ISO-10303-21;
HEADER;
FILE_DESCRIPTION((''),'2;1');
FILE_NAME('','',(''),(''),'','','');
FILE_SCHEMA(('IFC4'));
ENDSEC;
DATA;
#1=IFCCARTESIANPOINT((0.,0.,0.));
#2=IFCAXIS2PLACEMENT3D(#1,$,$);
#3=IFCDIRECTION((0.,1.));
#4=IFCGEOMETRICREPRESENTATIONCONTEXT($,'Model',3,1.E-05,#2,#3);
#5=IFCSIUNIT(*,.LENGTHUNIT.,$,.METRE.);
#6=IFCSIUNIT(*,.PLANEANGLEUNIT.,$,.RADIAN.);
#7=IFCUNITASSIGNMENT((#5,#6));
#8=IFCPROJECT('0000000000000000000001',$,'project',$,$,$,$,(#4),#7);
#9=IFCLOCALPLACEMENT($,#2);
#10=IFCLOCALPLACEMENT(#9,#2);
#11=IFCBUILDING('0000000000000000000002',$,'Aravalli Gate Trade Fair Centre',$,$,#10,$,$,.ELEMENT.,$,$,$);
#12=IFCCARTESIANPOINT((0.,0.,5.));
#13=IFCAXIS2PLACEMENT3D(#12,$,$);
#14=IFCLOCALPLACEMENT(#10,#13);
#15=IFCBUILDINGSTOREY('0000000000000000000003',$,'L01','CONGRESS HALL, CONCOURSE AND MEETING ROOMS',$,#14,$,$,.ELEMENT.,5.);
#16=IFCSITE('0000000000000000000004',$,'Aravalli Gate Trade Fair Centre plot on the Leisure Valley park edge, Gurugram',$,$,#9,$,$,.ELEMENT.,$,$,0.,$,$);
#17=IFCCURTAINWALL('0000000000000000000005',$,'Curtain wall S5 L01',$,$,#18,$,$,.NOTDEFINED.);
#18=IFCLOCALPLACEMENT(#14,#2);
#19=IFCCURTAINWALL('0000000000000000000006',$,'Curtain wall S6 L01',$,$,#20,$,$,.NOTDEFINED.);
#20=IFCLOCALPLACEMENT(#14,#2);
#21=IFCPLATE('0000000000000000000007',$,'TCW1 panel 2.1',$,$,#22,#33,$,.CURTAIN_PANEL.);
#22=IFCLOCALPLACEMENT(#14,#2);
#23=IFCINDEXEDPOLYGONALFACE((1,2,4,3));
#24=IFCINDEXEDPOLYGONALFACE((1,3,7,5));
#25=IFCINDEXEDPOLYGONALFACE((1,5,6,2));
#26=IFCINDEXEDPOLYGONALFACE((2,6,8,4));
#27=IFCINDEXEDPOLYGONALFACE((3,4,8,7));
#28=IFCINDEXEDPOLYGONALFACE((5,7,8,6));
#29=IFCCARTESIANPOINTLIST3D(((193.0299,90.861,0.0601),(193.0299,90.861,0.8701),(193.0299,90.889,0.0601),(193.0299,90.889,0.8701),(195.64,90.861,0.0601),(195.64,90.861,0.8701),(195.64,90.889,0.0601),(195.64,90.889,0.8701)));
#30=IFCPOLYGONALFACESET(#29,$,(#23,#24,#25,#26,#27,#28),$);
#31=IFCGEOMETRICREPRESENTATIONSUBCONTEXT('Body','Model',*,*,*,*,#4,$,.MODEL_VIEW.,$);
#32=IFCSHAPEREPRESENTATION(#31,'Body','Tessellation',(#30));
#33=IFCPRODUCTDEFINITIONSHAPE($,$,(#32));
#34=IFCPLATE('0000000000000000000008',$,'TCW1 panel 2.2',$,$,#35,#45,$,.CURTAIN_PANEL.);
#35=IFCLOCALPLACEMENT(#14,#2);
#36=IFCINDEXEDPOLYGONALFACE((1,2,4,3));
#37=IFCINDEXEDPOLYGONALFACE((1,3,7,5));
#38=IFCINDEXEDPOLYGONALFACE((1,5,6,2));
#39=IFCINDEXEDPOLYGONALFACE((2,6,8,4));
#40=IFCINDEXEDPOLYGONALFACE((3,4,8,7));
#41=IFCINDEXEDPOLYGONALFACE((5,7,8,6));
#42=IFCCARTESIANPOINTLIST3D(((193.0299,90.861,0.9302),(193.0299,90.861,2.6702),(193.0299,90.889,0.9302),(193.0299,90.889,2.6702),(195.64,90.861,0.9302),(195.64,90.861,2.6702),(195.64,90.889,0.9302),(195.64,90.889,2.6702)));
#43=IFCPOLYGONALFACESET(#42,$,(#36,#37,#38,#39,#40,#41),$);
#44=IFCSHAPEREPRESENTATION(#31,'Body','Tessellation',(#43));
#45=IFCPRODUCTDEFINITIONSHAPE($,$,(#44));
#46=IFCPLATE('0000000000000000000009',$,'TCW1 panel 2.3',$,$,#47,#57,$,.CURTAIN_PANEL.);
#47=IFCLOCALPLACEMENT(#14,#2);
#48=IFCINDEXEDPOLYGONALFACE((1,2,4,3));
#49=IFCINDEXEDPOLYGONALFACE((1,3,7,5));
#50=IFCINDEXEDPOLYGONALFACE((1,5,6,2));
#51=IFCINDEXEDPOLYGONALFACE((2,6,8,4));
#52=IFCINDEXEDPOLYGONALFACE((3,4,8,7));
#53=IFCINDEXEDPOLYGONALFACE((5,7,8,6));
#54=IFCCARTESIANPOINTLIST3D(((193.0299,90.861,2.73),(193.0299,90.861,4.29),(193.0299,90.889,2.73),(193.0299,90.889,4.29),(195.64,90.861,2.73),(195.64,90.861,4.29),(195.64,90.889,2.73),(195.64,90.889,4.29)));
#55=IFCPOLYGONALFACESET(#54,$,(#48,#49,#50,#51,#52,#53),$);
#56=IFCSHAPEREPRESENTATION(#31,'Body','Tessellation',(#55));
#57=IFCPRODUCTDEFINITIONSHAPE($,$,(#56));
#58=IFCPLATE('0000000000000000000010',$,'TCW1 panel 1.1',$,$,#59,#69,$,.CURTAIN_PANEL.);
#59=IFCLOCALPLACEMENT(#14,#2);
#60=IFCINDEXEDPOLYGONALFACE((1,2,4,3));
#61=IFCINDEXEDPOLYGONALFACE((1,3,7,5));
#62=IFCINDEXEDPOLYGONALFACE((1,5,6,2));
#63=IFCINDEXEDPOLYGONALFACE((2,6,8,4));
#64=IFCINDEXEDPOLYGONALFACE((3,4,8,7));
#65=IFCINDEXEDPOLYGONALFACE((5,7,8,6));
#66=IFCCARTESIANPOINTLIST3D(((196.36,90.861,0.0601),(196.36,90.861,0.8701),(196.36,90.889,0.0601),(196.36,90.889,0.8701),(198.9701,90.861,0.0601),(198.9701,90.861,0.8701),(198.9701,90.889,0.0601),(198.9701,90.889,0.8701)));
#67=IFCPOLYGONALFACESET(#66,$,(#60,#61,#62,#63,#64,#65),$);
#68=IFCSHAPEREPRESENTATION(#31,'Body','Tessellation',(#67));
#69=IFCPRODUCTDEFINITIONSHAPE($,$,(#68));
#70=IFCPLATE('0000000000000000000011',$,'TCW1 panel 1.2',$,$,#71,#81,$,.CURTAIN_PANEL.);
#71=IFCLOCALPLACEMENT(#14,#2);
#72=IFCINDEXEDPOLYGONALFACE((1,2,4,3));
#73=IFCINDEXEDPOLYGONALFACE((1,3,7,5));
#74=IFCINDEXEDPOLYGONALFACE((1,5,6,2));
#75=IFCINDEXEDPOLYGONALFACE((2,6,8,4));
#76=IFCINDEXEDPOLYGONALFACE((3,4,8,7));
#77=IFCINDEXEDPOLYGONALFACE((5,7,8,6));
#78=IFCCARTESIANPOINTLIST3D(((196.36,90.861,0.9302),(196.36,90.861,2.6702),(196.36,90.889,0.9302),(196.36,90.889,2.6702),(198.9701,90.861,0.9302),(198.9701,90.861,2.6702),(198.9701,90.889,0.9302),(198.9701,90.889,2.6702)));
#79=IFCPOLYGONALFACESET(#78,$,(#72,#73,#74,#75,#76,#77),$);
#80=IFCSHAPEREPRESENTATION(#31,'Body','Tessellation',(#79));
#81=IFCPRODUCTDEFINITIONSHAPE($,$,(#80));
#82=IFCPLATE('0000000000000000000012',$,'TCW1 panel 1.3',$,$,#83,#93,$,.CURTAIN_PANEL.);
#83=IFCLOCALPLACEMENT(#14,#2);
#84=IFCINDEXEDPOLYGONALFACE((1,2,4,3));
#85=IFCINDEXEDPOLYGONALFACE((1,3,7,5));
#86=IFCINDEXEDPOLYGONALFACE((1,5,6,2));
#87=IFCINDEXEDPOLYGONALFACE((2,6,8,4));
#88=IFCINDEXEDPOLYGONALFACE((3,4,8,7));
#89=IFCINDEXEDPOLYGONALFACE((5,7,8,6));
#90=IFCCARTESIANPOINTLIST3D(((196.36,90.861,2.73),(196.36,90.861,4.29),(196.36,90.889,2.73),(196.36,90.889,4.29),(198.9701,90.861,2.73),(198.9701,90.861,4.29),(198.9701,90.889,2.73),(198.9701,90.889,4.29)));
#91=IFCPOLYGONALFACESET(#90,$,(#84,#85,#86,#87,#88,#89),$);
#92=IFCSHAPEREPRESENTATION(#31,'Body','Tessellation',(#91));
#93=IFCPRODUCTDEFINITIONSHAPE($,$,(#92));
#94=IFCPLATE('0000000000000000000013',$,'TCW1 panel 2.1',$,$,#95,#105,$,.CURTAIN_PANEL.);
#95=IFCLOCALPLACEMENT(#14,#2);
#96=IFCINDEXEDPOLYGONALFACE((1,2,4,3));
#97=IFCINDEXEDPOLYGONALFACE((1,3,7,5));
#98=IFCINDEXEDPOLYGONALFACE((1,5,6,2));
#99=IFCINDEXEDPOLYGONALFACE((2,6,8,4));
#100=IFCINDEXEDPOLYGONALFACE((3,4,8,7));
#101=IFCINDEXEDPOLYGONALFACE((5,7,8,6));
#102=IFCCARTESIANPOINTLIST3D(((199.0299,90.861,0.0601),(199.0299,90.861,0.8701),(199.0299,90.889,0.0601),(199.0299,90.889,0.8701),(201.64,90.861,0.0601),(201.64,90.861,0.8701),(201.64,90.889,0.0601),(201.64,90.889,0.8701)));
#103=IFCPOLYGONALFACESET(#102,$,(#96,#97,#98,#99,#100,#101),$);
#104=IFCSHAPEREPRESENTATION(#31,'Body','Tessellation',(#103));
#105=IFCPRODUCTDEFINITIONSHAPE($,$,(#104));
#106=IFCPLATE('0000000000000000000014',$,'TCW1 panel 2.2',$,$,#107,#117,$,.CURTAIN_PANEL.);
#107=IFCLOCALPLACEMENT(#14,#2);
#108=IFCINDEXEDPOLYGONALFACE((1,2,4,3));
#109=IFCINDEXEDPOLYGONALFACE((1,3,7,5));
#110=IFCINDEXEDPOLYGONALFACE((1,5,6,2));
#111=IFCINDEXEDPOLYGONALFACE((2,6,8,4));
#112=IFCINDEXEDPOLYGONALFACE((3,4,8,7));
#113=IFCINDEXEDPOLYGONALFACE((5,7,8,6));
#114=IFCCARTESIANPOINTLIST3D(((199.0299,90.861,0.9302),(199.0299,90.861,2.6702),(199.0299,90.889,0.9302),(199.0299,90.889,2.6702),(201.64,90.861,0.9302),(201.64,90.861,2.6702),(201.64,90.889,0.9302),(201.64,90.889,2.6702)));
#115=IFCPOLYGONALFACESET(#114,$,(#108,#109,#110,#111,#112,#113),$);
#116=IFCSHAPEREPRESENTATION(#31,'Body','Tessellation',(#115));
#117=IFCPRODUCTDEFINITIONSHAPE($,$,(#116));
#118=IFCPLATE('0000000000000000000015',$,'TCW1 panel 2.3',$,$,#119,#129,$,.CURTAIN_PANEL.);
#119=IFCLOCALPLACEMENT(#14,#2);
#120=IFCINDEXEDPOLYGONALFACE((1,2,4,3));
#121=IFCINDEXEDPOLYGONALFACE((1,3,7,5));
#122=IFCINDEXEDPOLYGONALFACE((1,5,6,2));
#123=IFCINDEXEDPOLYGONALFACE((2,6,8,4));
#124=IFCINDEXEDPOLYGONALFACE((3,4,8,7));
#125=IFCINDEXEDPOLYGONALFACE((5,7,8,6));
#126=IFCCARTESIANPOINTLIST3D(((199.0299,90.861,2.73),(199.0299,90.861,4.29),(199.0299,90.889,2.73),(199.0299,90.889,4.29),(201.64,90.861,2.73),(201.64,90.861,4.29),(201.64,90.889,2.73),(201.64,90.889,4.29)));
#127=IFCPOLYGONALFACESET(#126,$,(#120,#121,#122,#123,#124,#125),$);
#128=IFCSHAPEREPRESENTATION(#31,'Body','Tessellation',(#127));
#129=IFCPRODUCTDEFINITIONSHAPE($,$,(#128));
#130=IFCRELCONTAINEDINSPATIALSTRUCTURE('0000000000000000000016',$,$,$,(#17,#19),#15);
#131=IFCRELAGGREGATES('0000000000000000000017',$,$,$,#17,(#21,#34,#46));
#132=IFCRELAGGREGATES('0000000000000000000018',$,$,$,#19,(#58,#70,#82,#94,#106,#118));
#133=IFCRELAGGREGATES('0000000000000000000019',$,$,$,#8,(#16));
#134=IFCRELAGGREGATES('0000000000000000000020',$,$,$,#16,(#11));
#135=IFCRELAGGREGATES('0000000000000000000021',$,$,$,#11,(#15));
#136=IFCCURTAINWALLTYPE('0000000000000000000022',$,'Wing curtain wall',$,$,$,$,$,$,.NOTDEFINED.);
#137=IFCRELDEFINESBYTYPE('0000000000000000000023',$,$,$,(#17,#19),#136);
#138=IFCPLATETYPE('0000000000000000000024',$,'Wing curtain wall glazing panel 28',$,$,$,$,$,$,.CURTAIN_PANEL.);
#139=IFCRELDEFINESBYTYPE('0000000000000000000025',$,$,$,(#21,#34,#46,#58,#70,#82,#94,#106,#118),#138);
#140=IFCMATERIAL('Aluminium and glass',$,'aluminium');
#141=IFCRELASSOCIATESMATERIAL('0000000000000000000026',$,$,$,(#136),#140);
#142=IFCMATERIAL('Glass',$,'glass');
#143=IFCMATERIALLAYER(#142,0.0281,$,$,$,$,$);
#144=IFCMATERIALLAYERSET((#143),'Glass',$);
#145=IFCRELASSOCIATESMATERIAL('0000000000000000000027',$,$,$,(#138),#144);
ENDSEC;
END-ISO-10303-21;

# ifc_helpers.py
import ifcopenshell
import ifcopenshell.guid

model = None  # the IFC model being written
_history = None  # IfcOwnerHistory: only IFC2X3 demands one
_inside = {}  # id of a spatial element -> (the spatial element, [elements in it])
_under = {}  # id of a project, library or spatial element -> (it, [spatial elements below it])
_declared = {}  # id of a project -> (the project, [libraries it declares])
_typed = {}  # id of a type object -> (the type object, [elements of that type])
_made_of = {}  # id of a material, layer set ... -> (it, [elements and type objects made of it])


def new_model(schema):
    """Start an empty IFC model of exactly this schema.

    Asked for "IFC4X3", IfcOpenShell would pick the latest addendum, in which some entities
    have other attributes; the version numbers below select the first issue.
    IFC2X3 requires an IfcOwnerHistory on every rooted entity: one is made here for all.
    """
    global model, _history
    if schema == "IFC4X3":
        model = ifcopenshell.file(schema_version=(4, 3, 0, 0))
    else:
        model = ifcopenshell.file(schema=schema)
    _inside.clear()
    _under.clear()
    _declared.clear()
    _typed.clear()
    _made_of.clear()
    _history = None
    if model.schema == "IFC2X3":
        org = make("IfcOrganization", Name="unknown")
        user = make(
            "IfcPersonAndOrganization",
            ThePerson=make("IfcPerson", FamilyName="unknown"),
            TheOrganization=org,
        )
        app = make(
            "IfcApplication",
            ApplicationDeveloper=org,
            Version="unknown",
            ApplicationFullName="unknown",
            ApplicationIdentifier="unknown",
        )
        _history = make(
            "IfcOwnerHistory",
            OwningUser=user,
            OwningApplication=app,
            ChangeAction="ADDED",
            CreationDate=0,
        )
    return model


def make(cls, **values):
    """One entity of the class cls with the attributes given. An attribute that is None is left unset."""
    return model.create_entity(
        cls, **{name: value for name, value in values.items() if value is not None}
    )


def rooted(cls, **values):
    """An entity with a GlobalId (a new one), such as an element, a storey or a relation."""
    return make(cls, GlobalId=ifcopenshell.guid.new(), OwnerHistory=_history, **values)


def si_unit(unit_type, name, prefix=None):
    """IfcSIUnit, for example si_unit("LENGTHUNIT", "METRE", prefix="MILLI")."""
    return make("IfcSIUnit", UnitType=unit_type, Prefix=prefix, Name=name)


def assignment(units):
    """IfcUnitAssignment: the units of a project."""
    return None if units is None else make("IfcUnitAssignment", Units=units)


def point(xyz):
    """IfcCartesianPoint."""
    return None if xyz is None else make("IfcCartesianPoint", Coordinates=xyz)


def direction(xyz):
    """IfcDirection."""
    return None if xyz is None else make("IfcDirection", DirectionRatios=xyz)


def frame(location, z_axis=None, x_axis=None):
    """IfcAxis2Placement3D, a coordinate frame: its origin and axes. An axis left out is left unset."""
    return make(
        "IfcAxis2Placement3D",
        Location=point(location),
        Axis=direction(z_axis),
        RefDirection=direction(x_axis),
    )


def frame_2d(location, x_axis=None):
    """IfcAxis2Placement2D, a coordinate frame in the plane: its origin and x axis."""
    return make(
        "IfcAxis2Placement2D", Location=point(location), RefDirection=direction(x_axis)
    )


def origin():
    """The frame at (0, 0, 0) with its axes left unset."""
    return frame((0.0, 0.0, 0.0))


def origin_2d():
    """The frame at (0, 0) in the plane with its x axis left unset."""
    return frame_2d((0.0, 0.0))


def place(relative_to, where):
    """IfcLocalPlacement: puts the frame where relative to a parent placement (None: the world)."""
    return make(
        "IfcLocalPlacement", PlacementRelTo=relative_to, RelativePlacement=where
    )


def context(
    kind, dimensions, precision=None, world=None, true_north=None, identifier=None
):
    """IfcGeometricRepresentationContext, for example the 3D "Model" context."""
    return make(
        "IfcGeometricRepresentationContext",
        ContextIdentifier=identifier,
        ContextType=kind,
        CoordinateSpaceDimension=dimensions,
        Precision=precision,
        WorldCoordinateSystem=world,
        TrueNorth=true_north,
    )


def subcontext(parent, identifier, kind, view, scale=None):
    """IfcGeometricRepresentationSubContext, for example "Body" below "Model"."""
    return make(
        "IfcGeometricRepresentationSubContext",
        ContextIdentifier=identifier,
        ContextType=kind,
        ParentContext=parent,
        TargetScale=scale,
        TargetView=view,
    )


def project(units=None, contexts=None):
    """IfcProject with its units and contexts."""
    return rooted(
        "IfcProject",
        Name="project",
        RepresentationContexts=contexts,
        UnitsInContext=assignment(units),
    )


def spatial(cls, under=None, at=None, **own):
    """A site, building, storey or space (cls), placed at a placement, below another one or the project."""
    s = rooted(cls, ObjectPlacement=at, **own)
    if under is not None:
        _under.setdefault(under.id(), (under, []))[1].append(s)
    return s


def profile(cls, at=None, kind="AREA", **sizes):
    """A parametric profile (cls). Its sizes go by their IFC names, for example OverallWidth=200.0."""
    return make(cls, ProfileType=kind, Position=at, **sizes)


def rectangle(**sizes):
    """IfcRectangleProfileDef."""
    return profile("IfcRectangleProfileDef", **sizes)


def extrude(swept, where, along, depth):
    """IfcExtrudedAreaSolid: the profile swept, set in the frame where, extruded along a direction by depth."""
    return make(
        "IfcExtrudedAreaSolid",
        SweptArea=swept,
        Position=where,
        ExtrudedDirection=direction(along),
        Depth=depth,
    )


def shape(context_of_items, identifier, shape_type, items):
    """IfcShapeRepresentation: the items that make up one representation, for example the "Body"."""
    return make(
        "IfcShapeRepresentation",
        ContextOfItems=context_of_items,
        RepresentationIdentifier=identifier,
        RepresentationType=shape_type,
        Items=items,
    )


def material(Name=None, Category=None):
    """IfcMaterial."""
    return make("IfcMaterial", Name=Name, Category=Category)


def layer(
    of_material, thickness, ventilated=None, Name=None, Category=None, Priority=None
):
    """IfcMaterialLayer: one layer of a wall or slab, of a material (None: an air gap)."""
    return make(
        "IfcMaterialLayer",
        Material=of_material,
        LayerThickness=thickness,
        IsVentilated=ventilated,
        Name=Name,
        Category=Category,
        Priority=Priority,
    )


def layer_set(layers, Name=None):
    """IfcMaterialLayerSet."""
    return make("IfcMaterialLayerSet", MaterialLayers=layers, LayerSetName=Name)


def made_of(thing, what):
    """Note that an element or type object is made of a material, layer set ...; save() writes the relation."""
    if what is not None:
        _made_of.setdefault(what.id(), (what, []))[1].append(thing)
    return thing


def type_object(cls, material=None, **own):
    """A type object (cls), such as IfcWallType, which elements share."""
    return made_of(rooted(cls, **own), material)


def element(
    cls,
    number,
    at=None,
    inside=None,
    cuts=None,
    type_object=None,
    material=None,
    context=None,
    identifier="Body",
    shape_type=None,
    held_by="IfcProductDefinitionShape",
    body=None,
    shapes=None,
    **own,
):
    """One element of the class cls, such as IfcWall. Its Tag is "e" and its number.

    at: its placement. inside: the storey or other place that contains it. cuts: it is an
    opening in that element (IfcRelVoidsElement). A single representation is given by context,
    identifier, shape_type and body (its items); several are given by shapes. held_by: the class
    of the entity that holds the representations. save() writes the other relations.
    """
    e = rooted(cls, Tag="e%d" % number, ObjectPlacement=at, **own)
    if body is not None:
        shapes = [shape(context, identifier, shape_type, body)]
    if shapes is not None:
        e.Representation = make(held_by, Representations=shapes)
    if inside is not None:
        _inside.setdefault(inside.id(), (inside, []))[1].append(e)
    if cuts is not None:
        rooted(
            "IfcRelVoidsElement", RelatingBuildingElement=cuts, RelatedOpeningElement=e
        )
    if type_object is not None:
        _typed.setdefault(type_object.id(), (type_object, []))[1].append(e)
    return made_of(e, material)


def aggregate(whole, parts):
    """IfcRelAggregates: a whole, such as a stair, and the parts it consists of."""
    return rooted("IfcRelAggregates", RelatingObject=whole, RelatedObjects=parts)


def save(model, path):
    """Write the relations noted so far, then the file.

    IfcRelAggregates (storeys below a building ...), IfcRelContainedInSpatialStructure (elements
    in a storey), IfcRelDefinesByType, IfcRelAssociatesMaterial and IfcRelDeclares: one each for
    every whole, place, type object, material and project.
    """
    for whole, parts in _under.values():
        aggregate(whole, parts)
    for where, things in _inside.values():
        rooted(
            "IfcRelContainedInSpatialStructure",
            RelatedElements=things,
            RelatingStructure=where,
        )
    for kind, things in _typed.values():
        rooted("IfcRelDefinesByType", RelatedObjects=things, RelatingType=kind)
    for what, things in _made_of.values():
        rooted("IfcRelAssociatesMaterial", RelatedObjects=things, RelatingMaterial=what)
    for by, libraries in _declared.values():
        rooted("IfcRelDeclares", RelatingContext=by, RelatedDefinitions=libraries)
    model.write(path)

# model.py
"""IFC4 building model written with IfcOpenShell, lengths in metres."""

from ifc_helpers import new_model, si_unit, direction, frame, origin, origin_2d, place, context, subcontext, project, spatial, rectangle, extrude, material, layer, layer_set, type_object, element, aggregate, save


model = new_model("IFC4")

# Units and contexts
model_context = context("Model", 3, precision=1e-05, world=origin(), true_north=direction((0.0, 1.0)))
body_context = subcontext(model_context, "Body", "Model", "MODEL_VIEW")
ifc_project = project(units=[si_unit("LENGTHUNIT", "METRE"), si_unit("PLANEANGLEUNIT", "RADIAN")], contexts=[model_context])

# Site, building, storey
site_placement = place(None, origin())
site = spatial("IfcSite", under=ifc_project, at=site_placement, Name="Aravalli Gate Trade Fair Centre plot on the Leisure Valley park edge, Gurugram", CompositionType="ELEMENT", RefElevation=0.0)
building_placement = place(site_placement, origin())
building = spatial("IfcBuilding", under=site, at=building_placement, Name="Aravalli Gate Trade Fair Centre", CompositionType="ELEMENT")
storey_placement = place(building_placement, frame((0.0, 0.0, 5.0)))
storey = spatial("IfcBuildingStorey", under=building, at=storey_placement, Name="L01", Description="CONGRESS HALL, CONCOURSE AND MEETING ROOMS", CompositionType="ELEMENT", Elevation=5.0)

# Curtain walls
ifc_material_1 = material(Name="Aluminium and glass", Category="aluminium")
curtain_wall_type = type_object("IfcCurtainWallType", Name="Wing curtain wall", PredefinedType="NOTDEFINED", material=ifc_material_1)
curtain_wall_1_placement = place(storey_placement, origin())
curtain_wall_1 = element("IfcCurtainWall", 1, at=curtain_wall_1_placement, inside=storey, type_object=curtain_wall_type, Name="Curtain wall S5 L01", PredefinedType="NOTDEFINED")
curtain_wall_2_placement = place(storey_placement, origin())
curtain_wall_2 = element("IfcCurtainWall", 2, at=curtain_wall_2_placement, inside=storey, type_object=curtain_wall_type, Name="Curtain wall S6 L01", PredefinedType="NOTDEFINED")

# Plates
ifc_material_2 = material(Name="Glass", Category="glass")
ifc_layer = layer(ifc_material_2, 0.0281)
ifc_layer_set = layer_set([ifc_layer], Name="Glass")
plate_type = type_object("IfcPlateType", Name="Wing curtain wall glazing panel 28", PredefinedType="CURTAIN_PANEL", material=ifc_layer_set)
plate_1_placement = place(storey_placement, frame((194.335, 90.875, 0.0601), z_axis=(0.0, 0.0, 1.0), x_axis=(1.0, 0.0, 0.0)))
plate_1 = element("IfcPlate", 3, at=plate_1_placement, type_object=plate_type, Name="TCW1 panel 2.1", PredefinedType="CURTAIN_PANEL", context=body_context, shape_type="SweptSolid", body=[
    extrude(rectangle(XDim=2.6101, YDim=0.0281, at=origin_2d()), origin(), (0.0, 0.0, 1.0), 0.8101),
])
plate_2_placement = place(storey_placement, frame((194.335, 90.875, 0.9302), z_axis=(0.0, 0.0, 1.0), x_axis=(1.0, 0.0, 0.0)))
plate_2 = element("IfcPlate", 4, at=plate_2_placement, type_object=plate_type, Name="TCW1 panel 2.2", PredefinedType="CURTAIN_PANEL", context=body_context, shape_type="SweptSolid", body=[
    extrude(rectangle(XDim=2.6101, YDim=0.0281, at=origin_2d()), origin(), (0.0, 0.0, 1.0), 1.74),
])
plate_3_placement = place(storey_placement, frame((194.335, 90.875, 2.73), z_axis=(0.0, 0.0, 1.0), x_axis=(1.0, 0.0, 0.0)))
plate_3 = element("IfcPlate", 5, at=plate_3_placement, type_object=plate_type, Name="TCW1 panel 2.3", PredefinedType="CURTAIN_PANEL", context=body_context, shape_type="SweptSolid", body=[
    extrude(rectangle(XDim=2.6101, YDim=0.0281, at=origin_2d()), origin(), (0.0, 0.0, 1.0), 1.5601),
])
aggregate(curtain_wall_1, [plate_1, plate_2, plate_3])
plate_4_placement = place(storey_placement, frame((197.665, 90.875, 0.0601), z_axis=(0.0, 0.0, 1.0), x_axis=(1.0, 0.0, 0.0)))
plate_4 = element("IfcPlate", 6, at=plate_4_placement, type_object=plate_type, Name="TCW1 panel 1.1", PredefinedType="CURTAIN_PANEL", context=body_context, shape_type="SweptSolid", body=[
    extrude(rectangle(XDim=2.6101, YDim=0.0281, at=origin_2d()), origin(), (0.0, 0.0, 1.0), 0.8101),
])
plate_5_placement = place(storey_placement, frame((197.665, 90.875, 0.9302), z_axis=(0.0, 0.0, 1.0), x_axis=(1.0, 0.0, 0.0)))
plate_5 = element("IfcPlate", 7, at=plate_5_placement, type_object=plate_type, Name="TCW1 panel 1.2", PredefinedType="CURTAIN_PANEL", context=body_context, shape_type="SweptSolid", body=[
    extrude(rectangle(XDim=2.6101, YDim=0.0281, at=origin_2d()), origin(), (0.0, 0.0, 1.0), 1.74),
])
plate_6_placement = place(storey_placement, frame((197.665, 90.875, 2.73), z_axis=(0.0, 0.0, 1.0), x_axis=(1.0, 0.0, 0.0)))
plate_6 = element("IfcPlate", 8, at=plate_6_placement, type_object=plate_type, Name="TCW1 panel 1.3", PredefinedType="CURTAIN_PANEL", context=body_context, shape_type="SweptSolid", body=[
    extrude(rectangle(XDim=2.6101, YDim=0.0281, at=origin_2d()), origin(), (0.0, 0.0, 1.0), 1.5601),
])
plate_7_placement = place(storey_placement, frame((200.335, 90.875, 0.0601), z_axis=(0.0, 0.0, 1.0), x_axis=(1.0, 0.0, 0.0)))
plate_7 = element("IfcPlate", 9, at=plate_7_placement, type_object=plate_type, Name="TCW1 panel 2.1", PredefinedType="CURTAIN_PANEL", context=body_context, shape_type="SweptSolid", body=[
    extrude(rectangle(XDim=2.6101, YDim=0.0281, at=origin_2d()), origin(), (0.0, 0.0, 1.0), 0.8101),
])
plate_8_placement = place(storey_placement, frame((200.335, 90.875, 0.9302), z_axis=(0.0, 0.0, 1.0), x_axis=(1.0, 0.0, 0.0)))
plate_8 = element("IfcPlate", 10, at=plate_8_placement, type_object=plate_type, Name="TCW1 panel 2.2", PredefinedType="CURTAIN_PANEL", context=body_context, shape_type="SweptSolid", body=[
    extrude(rectangle(XDim=2.6101, YDim=0.0281, at=origin_2d()), origin(), (0.0, 0.0, 1.0), 1.74),
])
plate_9_placement = place(storey_placement, frame((200.335, 90.875, 2.73), z_axis=(0.0, 0.0, 1.0), x_axis=(1.0, 0.0, 0.0)))
plate_9 = element("IfcPlate", 11, at=plate_9_placement, type_object=plate_type, Name="TCW1 panel 2.3", PredefinedType="CURTAIN_PANEL", context=body_context, shape_type="SweptSolid", body=[
    extrude(rectangle(XDim=2.6101, YDim=0.0281, at=origin_2d()), origin(), (0.0, 0.0, 1.0), 1.5601),
])
aggregate(curtain_wall_2, [plate_4, plate_5, plate_6, plate_7, plate_8, plate_9])

save(model, "model.ifc")
